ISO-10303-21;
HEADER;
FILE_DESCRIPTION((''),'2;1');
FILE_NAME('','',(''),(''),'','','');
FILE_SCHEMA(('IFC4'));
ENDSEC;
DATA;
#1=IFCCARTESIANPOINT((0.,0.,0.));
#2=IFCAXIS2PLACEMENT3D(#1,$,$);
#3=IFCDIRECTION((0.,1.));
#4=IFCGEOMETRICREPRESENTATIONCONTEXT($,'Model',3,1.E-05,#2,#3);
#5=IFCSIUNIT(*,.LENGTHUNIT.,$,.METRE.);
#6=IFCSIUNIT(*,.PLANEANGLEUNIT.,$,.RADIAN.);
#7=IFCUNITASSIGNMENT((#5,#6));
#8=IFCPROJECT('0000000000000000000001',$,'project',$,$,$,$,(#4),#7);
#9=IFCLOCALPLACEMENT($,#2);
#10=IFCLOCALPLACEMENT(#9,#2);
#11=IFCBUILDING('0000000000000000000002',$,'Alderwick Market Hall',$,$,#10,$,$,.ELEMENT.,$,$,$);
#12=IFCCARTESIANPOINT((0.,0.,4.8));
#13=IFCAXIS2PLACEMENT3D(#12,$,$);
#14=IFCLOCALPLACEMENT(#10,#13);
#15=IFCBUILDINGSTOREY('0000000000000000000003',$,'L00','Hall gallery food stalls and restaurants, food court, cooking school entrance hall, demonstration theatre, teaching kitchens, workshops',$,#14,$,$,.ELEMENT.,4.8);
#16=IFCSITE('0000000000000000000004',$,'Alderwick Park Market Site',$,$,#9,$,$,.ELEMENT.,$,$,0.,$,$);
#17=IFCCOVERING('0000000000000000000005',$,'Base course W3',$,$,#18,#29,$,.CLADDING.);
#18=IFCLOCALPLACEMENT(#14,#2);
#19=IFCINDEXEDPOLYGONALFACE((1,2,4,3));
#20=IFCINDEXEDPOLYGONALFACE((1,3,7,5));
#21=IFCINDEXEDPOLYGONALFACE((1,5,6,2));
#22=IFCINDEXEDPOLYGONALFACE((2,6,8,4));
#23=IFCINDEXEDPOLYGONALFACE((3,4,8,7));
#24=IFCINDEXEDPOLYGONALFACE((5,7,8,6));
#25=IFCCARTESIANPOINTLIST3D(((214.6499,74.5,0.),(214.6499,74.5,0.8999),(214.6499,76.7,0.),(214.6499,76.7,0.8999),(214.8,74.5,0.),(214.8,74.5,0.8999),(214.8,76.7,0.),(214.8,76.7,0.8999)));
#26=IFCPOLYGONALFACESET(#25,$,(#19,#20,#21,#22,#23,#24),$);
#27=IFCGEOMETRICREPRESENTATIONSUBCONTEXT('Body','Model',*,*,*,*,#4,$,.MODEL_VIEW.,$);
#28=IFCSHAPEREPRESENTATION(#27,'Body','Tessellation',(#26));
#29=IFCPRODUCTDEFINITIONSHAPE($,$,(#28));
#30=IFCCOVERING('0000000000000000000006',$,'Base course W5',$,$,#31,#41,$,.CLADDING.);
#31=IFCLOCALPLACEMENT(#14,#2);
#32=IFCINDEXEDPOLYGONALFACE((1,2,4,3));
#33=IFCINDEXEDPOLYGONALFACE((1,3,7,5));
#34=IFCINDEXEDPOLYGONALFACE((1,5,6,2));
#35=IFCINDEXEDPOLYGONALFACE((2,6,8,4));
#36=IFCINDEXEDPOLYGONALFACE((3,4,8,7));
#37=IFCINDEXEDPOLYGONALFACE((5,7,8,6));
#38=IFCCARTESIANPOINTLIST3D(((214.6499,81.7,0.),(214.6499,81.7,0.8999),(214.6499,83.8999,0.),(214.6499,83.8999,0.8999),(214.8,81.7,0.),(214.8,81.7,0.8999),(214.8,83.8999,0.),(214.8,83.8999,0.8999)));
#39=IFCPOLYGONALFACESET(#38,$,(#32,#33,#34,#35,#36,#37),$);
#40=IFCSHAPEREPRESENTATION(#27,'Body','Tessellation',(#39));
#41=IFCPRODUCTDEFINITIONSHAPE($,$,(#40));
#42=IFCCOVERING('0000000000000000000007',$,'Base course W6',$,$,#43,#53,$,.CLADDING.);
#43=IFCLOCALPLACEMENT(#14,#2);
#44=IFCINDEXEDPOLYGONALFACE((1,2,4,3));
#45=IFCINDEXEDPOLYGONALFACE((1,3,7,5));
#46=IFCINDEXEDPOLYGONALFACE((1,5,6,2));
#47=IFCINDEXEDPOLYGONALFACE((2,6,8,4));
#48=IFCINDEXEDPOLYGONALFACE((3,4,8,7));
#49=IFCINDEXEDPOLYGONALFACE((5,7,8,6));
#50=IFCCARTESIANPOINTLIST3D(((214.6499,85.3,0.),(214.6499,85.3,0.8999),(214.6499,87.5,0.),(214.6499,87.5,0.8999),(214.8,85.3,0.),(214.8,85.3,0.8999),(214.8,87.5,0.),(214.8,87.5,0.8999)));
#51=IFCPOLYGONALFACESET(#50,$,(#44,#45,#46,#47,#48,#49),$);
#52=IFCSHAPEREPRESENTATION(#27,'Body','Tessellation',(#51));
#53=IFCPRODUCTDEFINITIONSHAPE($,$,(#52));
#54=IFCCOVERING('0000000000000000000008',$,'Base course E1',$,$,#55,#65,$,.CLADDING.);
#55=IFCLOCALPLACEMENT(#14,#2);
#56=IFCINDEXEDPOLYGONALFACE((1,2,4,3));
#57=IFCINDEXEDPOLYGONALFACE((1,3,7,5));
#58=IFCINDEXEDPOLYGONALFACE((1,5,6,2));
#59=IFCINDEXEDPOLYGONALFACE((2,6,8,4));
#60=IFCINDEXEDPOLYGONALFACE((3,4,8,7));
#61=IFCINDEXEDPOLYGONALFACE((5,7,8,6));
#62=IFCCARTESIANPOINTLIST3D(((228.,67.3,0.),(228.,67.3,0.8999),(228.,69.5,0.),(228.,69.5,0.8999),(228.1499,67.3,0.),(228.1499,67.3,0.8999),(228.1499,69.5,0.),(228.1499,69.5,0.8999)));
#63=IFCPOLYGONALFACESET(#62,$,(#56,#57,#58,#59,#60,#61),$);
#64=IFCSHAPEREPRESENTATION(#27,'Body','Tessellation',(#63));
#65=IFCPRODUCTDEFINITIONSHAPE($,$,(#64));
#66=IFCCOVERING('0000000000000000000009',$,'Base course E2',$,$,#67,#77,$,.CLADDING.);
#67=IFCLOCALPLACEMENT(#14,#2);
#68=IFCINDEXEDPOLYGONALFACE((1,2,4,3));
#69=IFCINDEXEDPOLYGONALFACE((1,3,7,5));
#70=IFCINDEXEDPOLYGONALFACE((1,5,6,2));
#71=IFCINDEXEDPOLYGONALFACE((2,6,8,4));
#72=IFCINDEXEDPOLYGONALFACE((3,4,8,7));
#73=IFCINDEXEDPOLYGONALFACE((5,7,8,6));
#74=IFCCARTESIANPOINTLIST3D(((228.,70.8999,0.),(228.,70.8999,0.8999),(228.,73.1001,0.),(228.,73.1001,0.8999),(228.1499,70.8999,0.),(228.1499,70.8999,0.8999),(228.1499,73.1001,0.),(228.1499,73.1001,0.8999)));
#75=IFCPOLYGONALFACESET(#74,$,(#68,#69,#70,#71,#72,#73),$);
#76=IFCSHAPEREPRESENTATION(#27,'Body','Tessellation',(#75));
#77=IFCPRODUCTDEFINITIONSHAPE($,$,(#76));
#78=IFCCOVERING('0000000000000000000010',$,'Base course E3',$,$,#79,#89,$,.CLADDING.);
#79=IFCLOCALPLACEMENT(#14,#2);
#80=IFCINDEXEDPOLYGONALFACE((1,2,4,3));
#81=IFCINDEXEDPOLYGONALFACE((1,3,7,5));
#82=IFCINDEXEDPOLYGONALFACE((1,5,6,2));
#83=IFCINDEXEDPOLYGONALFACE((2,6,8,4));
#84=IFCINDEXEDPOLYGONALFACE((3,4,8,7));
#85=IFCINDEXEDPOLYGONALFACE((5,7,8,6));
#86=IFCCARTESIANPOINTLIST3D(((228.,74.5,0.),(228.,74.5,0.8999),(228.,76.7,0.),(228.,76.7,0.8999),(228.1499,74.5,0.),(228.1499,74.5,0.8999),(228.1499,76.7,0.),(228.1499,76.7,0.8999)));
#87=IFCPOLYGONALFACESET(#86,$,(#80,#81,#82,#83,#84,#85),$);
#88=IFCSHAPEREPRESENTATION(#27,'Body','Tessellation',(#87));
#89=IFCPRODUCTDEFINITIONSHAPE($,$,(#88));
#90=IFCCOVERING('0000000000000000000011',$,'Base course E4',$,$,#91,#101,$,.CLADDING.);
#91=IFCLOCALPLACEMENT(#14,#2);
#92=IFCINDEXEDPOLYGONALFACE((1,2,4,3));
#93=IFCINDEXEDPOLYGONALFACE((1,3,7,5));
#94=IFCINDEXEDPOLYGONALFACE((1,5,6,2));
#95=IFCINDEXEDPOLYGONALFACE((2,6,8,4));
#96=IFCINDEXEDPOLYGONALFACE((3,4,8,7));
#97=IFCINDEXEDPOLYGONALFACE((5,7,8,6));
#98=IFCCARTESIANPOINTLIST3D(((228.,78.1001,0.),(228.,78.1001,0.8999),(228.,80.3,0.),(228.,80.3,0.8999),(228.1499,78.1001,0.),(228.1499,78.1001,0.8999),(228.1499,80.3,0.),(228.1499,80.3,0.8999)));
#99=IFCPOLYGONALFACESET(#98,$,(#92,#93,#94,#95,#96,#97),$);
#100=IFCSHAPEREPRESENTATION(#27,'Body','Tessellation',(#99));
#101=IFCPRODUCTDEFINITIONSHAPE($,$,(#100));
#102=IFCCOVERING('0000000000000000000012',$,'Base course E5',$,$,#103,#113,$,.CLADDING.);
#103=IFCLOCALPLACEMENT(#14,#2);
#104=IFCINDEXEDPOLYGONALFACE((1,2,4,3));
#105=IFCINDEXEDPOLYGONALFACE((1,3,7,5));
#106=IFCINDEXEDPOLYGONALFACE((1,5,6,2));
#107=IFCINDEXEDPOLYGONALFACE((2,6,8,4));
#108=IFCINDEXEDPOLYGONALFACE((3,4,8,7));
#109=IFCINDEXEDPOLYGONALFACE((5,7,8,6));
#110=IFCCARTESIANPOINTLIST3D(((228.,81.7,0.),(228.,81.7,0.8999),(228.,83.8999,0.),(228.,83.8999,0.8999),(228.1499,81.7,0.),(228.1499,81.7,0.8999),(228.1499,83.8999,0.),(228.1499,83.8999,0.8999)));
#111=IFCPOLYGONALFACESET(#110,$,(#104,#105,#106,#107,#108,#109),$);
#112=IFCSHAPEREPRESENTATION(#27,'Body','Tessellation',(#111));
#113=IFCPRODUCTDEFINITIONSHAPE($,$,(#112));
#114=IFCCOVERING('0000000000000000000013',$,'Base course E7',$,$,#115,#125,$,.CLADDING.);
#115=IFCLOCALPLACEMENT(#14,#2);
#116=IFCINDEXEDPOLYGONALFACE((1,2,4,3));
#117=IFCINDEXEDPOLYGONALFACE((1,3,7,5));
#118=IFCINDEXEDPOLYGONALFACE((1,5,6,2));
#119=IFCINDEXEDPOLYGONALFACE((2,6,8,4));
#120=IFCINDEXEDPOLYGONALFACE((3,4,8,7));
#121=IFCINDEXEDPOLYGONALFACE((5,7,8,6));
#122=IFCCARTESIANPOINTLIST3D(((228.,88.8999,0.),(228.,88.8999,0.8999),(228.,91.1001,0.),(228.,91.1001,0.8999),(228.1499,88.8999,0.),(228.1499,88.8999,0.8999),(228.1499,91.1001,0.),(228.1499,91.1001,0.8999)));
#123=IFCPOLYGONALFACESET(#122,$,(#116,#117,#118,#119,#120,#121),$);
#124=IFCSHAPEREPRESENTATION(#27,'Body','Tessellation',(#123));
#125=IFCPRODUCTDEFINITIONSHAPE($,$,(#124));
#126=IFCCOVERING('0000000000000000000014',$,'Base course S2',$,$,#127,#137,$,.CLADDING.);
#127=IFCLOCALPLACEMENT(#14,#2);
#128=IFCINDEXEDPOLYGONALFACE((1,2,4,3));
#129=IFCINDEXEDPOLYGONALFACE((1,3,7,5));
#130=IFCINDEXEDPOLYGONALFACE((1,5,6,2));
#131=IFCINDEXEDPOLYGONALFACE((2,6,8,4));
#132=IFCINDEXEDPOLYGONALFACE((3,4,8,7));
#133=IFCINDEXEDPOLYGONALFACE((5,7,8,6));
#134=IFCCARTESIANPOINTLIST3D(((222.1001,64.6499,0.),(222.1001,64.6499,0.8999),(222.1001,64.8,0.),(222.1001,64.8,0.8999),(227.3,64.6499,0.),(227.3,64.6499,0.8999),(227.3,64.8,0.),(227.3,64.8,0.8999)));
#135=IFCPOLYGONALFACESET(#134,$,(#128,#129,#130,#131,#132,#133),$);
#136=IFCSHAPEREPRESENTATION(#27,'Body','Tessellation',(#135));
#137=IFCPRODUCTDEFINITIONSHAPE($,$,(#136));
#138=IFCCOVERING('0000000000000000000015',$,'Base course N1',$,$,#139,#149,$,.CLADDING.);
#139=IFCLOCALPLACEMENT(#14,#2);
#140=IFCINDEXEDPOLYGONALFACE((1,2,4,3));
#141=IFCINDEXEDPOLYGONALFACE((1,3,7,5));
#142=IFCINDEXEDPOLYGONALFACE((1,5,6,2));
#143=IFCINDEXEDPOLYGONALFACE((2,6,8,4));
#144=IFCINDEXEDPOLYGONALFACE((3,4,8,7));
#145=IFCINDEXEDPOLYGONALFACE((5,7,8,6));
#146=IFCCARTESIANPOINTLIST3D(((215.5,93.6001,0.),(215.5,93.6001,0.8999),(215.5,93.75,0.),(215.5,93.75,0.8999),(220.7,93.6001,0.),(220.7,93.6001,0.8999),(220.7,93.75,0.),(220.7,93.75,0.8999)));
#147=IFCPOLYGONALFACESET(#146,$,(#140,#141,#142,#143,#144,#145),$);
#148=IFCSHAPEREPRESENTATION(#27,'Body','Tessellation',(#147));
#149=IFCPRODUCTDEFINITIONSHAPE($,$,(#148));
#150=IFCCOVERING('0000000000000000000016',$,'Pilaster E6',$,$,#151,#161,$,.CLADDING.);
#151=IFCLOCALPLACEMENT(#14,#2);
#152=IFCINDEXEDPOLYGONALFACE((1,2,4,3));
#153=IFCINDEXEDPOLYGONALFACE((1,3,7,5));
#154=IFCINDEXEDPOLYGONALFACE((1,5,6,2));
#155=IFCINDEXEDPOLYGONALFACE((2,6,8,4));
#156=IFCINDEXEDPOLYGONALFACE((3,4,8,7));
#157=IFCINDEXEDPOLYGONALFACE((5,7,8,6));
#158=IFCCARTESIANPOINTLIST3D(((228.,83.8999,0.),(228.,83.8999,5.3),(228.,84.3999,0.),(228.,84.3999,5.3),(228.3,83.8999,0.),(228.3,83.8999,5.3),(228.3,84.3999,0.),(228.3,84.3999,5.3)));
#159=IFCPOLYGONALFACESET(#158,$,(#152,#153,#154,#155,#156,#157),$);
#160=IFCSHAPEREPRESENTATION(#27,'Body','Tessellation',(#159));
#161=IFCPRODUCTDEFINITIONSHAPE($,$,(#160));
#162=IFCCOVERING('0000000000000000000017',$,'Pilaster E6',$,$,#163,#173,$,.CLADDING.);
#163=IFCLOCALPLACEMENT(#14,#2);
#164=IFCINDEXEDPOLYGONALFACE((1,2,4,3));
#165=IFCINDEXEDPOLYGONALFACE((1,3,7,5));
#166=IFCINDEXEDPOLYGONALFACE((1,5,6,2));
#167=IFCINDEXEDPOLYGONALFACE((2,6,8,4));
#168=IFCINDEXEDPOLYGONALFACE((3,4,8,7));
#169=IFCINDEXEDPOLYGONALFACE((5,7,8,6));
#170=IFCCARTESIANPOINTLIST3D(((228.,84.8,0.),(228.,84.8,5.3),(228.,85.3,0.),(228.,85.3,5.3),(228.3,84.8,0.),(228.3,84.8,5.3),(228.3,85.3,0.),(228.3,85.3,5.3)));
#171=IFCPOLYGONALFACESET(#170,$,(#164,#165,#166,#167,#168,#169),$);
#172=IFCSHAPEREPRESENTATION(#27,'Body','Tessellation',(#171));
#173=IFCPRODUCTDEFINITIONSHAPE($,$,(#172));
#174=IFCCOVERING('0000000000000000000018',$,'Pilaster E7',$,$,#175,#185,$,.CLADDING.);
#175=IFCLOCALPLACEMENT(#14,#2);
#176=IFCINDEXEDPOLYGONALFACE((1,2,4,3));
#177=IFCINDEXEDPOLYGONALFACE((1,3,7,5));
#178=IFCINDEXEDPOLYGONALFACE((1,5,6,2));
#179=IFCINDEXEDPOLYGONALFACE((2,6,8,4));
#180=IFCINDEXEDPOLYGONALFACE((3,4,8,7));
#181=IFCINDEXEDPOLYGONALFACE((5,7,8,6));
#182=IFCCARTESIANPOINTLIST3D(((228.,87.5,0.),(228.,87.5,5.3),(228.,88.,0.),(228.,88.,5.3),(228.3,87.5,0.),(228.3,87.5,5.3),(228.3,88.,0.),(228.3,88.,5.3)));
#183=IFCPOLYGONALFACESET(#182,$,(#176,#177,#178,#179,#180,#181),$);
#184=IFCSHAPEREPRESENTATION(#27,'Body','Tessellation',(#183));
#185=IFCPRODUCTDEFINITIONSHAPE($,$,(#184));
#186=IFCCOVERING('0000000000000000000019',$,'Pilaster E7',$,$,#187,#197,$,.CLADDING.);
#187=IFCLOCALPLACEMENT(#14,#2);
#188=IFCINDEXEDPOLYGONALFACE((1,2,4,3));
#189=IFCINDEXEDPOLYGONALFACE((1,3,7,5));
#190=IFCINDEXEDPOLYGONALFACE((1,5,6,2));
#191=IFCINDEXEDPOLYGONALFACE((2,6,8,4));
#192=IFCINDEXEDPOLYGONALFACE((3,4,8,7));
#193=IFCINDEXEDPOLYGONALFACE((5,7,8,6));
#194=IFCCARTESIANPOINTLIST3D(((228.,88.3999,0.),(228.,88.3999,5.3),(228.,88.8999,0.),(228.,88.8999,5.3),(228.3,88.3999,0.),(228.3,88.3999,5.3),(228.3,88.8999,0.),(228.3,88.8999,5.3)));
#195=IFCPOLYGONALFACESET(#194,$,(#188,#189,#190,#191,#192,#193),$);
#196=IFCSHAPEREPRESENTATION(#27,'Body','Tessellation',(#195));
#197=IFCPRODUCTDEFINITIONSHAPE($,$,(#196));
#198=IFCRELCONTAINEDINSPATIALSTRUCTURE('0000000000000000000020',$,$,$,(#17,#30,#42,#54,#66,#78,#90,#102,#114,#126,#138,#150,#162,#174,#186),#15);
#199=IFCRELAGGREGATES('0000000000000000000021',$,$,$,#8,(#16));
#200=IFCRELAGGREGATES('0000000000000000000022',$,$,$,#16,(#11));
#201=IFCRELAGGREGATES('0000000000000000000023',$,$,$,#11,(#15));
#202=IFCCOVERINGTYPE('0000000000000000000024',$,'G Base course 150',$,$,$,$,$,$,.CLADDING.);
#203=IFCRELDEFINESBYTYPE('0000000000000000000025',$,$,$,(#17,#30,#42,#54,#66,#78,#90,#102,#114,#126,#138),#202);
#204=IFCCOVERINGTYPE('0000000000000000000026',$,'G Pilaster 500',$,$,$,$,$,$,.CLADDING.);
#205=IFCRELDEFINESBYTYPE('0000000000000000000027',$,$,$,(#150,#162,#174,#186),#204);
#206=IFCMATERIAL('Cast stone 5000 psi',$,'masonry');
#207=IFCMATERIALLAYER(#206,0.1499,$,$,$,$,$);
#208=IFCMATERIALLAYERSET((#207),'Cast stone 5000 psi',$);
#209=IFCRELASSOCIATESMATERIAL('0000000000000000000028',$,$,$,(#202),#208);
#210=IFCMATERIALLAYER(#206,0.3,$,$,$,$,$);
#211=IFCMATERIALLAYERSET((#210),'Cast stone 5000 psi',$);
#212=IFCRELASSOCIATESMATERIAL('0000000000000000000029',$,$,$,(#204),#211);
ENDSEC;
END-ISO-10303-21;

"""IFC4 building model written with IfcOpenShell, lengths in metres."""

from ifc_helpers import new_model, si_unit, direction, frame, origin, place, context, subcontext, project, spatial, polyline, outline, extrude, material, layer, layer_set, type_object, element, save


model = new_model("IFC4")

# Units and contexts
model_context = context("Model", 3, precision=1e-05, world=origin(), true_north=direction((0.0, 1.0)))
body_context = subcontext(model_context, "Body", "Model", "MODEL_VIEW")
ifc_project = project(units=[si_unit("LENGTHUNIT", "METRE"), si_unit("PLANEANGLEUNIT", "RADIAN")], contexts=[model_context])

# Site, building, storey
site_placement = place(None, origin())
site = spatial("IfcSite", under=ifc_project, at=site_placement, Name="Alderwick Park Market Site", CompositionType="ELEMENT", RefElevation=0.0)
building_placement = place(site_placement, origin())
building = spatial("IfcBuilding", under=site, at=building_placement, Name="Alderwick Market Hall", CompositionType="ELEMENT")
storey_placement = place(building_placement, frame((0.0, 0.0, 4.8)))
storey = spatial("IfcBuildingStorey", under=building, at=storey_placement, Name="L00", Description="Hall gallery food stalls and restaurants, food court, cooking school entrance hall, demonstration theatre, teaching kitchens, workshops", CompositionType="ELEMENT", Elevation=4.8)

# Coverings
ifc_material_1 = material(Name="Cast stone 5000 psi", Category="masonry")
ifc_layer_1 = layer(ifc_material_1, 0.1499)
ifc_layer_set_1 = layer_set([ifc_layer_1], Name="Cast stone 5000 psi")
covering_type_1 = type_object("IfcCoveringType", Name="G Base course 150", PredefinedType="CLADDING", material=ifc_layer_set_1)
covering_1_placement = place(storey_placement, origin())
element("IfcCovering", 1, at=covering_1_placement, inside=storey, type_object=covering_type_1, Name="Base course W3", PredefinedType="CLADDING", context=body_context, shape_type="SweptSolid", body=[
    extrude(outline(polyline([(214.6499, 74.5), (214.8, 74.5), (214.8, 76.7), (214.6499, 76.7), (214.6499, 74.5)])), origin(), (0.0, 0.0, 1.0), 0.8999),
])
covering_2_placement = place(storey_placement, origin())
element("IfcCovering", 2, at=covering_2_placement, inside=storey, type_object=covering_type_1, Name="Base course W5", PredefinedType="CLADDING", context=body_context, shape_type="SweptSolid", body=[
    extrude(outline(polyline([(214.6499, 81.7), (214.8, 81.7), (214.8, 83.8999), (214.6499, 83.8999), (214.6499, 81.7)])), origin(), (0.0, 0.0, 1.0), 0.8999),
])
covering_3_placement = place(storey_placement, origin())
element("IfcCovering", 3, at=covering_3_placement, inside=storey, type_object=covering_type_1, Name="Base course W6", PredefinedType="CLADDING", context=body_context, shape_type="SweptSolid", body=[
    extrude(outline(polyline([(214.6499, 85.3), (214.8, 85.3), (214.8, 87.5), (214.6499, 87.5), (214.6499, 85.3)])), origin(), (0.0, 0.0, 1.0), 0.8999),
])
covering_4_placement = place(storey_placement, origin())
element("IfcCovering", 4, at=covering_4_placement, inside=storey, type_object=covering_type_1, Name="Base course E1", PredefinedType="CLADDING", context=body_context, shape_type="SweptSolid", body=[
    extrude(outline(polyline([(228.0, 67.3), (228.1499, 67.3), (228.1499, 69.5), (228.0, 69.5), (228.0, 67.3)])), origin(), (0.0, 0.0, 1.0), 0.8999),
])
covering_5_placement = place(storey_placement, origin())
element("IfcCovering", 5, at=covering_5_placement, inside=storey, type_object=covering_type_1, Name="Base course E2", PredefinedType="CLADDING", context=body_context, shape_type="SweptSolid", body=[
    extrude(outline(polyline([(228.0, 70.8999), (228.1499, 70.8999), (228.1499, 73.1001), (228.0, 73.1001), (228.0, 70.8999)])), origin(), (0.0, 0.0, 1.0), 0.8999),
])
covering_6_placement = place(storey_placement, origin())
element("IfcCovering", 6, at=covering_6_placement, inside=storey, type_object=covering_type_1, Name="Base course E3", PredefinedType="CLADDING", context=body_context, shape_type="SweptSolid", body=[
    extrude(outline(polyline([(228.0, 74.5), (228.1499, 74.5), (228.1499, 76.7), (228.0, 76.7), (228.0, 74.5)])), origin(), (0.0, 0.0, 1.0), 0.8999),
])
covering_7_placement = place(storey_placement, origin())
element("IfcCovering", 7, at=covering_7_placement, inside=storey, type_object=covering_type_1, Name="Base course E4", PredefinedType="CLADDING", context=body_context, shape_type="SweptSolid", body=[
    extrude(outline(polyline([(228.0, 78.1001), (228.1499, 78.1001), (228.1499, 80.3), (228.0, 80.3), (228.0, 78.1001)])), origin(), (0.0, 0.0, 1.0), 0.8999),
])
covering_8_placement = place(storey_placement, origin())
element("IfcCovering", 8, at=covering_8_placement, inside=storey, type_object=covering_type_1, Name="Base course E5", PredefinedType="CLADDING", context=body_context, shape_type="SweptSolid", body=[
    extrude(outline(polyline([(228.0, 81.7), (228.1499, 81.7), (228.1499, 83.8999), (228.0, 83.8999), (228.0, 81.7)])), origin(), (0.0, 0.0, 1.0), 0.8999),
])
covering_9_placement = place(storey_placement, origin())
element("IfcCovering", 9, at=covering_9_placement, inside=storey, type_object=covering_type_1, Name="Base course E7", PredefinedType="CLADDING", context=body_context, shape_type="SweptSolid", body=[
    extrude(outline(polyline([(228.0, 88.8999), (228.1499, 88.8999), (228.1499, 91.1001), (228.0, 91.1001), (228.0, 88.8999)])), origin(), (0.0, 0.0, 1.0), 0.8999),
])
covering_10_placement = place(storey_placement, origin())
element("IfcCovering", 10, at=covering_10_placement, inside=storey, type_object=covering_type_1, Name="Base course S2", PredefinedType="CLADDING", context=body_context, shape_type="SweptSolid", body=[
    extrude(outline(polyline([(222.1001, 64.6499), (227.3, 64.6499), (227.3, 64.8), (222.1001, 64.8), (222.1001, 64.6499)])), origin(), (0.0, 0.0, 1.0), 0.8999),
])
covering_11_placement = place(storey_placement, origin())
element("IfcCovering", 11, at=covering_11_placement, inside=storey, type_object=covering_type_1, Name="Base course N1", PredefinedType="CLADDING", context=body_context, shape_type="SweptSolid", body=[
    extrude(outline(polyline([(215.5, 93.6001), (220.7, 93.6001), (220.7, 93.75), (215.5, 93.75), (215.5, 93.6001)])), origin(), (0.0, 0.0, 1.0), 0.8999),
])
ifc_layer_2 = layer(ifc_material_1, 0.3)
ifc_layer_set_2 = layer_set([ifc_layer_2], Name="Cast stone 5000 psi")
covering_type_2 = type_object("IfcCoveringType", Name="G Pilaster 500", PredefinedType="CLADDING", material=ifc_layer_set_2)
covering_12_placement = place(storey_placement, origin())
element("IfcCovering", 12, at=covering_12_placement, inside=storey, type_object=covering_type_2, Name="Pilaster E6", PredefinedType="CLADDING", context=body_context, shape_type="SweptSolid", body=[
    extrude(outline(polyline([(228.0, 83.8999), (228.3, 83.8999), (228.3, 84.3999), (228.0, 84.3999), (228.0, 83.8999)])), origin(), (0.0, 0.0, 1.0), 5.3),
])
covering_13_placement = place(storey_placement, origin())
element("IfcCovering", 13, at=covering_13_placement, inside=storey, type_object=covering_type_2, Name="Pilaster E6", PredefinedType="CLADDING", context=body_context, shape_type="SweptSolid", body=[
    extrude(outline(polyline([(228.0, 84.8), (228.3, 84.8), (228.3, 85.3), (228.0, 85.3), (228.0, 84.8)])), origin(), (0.0, 0.0, 1.0), 5.3),
])
covering_14_placement = place(storey_placement, origin())
element("IfcCovering", 14, at=covering_14_placement, inside=storey, type_object=covering_type_2, Name="Pilaster E7", PredefinedType="CLADDING", context=body_context, shape_type="SweptSolid", body=[
    extrude(outline(polyline([(228.0, 87.5), (228.3, 87.5), (228.3, 88.0), (228.0, 88.0), (228.0, 87.5)])), origin(), (0.0, 0.0, 1.0), 5.3),
])
covering_15_placement = place(storey_placement, origin())
element("IfcCovering", 15, at=covering_15_placement, inside=storey, type_object=covering_type_2, Name="Pilaster E7", PredefinedType="CLADDING", context=body_context, shape_type="SweptSolid", body=[
    extrude(outline(polyline([(228.0, 88.3999), (228.3, 88.3999), (228.3, 88.8999), (228.0, 88.8999), (228.0, 88.3999)])), origin(), (0.0, 0.0, 1.0), 5.3),
])

save(model, "model.ifc")
